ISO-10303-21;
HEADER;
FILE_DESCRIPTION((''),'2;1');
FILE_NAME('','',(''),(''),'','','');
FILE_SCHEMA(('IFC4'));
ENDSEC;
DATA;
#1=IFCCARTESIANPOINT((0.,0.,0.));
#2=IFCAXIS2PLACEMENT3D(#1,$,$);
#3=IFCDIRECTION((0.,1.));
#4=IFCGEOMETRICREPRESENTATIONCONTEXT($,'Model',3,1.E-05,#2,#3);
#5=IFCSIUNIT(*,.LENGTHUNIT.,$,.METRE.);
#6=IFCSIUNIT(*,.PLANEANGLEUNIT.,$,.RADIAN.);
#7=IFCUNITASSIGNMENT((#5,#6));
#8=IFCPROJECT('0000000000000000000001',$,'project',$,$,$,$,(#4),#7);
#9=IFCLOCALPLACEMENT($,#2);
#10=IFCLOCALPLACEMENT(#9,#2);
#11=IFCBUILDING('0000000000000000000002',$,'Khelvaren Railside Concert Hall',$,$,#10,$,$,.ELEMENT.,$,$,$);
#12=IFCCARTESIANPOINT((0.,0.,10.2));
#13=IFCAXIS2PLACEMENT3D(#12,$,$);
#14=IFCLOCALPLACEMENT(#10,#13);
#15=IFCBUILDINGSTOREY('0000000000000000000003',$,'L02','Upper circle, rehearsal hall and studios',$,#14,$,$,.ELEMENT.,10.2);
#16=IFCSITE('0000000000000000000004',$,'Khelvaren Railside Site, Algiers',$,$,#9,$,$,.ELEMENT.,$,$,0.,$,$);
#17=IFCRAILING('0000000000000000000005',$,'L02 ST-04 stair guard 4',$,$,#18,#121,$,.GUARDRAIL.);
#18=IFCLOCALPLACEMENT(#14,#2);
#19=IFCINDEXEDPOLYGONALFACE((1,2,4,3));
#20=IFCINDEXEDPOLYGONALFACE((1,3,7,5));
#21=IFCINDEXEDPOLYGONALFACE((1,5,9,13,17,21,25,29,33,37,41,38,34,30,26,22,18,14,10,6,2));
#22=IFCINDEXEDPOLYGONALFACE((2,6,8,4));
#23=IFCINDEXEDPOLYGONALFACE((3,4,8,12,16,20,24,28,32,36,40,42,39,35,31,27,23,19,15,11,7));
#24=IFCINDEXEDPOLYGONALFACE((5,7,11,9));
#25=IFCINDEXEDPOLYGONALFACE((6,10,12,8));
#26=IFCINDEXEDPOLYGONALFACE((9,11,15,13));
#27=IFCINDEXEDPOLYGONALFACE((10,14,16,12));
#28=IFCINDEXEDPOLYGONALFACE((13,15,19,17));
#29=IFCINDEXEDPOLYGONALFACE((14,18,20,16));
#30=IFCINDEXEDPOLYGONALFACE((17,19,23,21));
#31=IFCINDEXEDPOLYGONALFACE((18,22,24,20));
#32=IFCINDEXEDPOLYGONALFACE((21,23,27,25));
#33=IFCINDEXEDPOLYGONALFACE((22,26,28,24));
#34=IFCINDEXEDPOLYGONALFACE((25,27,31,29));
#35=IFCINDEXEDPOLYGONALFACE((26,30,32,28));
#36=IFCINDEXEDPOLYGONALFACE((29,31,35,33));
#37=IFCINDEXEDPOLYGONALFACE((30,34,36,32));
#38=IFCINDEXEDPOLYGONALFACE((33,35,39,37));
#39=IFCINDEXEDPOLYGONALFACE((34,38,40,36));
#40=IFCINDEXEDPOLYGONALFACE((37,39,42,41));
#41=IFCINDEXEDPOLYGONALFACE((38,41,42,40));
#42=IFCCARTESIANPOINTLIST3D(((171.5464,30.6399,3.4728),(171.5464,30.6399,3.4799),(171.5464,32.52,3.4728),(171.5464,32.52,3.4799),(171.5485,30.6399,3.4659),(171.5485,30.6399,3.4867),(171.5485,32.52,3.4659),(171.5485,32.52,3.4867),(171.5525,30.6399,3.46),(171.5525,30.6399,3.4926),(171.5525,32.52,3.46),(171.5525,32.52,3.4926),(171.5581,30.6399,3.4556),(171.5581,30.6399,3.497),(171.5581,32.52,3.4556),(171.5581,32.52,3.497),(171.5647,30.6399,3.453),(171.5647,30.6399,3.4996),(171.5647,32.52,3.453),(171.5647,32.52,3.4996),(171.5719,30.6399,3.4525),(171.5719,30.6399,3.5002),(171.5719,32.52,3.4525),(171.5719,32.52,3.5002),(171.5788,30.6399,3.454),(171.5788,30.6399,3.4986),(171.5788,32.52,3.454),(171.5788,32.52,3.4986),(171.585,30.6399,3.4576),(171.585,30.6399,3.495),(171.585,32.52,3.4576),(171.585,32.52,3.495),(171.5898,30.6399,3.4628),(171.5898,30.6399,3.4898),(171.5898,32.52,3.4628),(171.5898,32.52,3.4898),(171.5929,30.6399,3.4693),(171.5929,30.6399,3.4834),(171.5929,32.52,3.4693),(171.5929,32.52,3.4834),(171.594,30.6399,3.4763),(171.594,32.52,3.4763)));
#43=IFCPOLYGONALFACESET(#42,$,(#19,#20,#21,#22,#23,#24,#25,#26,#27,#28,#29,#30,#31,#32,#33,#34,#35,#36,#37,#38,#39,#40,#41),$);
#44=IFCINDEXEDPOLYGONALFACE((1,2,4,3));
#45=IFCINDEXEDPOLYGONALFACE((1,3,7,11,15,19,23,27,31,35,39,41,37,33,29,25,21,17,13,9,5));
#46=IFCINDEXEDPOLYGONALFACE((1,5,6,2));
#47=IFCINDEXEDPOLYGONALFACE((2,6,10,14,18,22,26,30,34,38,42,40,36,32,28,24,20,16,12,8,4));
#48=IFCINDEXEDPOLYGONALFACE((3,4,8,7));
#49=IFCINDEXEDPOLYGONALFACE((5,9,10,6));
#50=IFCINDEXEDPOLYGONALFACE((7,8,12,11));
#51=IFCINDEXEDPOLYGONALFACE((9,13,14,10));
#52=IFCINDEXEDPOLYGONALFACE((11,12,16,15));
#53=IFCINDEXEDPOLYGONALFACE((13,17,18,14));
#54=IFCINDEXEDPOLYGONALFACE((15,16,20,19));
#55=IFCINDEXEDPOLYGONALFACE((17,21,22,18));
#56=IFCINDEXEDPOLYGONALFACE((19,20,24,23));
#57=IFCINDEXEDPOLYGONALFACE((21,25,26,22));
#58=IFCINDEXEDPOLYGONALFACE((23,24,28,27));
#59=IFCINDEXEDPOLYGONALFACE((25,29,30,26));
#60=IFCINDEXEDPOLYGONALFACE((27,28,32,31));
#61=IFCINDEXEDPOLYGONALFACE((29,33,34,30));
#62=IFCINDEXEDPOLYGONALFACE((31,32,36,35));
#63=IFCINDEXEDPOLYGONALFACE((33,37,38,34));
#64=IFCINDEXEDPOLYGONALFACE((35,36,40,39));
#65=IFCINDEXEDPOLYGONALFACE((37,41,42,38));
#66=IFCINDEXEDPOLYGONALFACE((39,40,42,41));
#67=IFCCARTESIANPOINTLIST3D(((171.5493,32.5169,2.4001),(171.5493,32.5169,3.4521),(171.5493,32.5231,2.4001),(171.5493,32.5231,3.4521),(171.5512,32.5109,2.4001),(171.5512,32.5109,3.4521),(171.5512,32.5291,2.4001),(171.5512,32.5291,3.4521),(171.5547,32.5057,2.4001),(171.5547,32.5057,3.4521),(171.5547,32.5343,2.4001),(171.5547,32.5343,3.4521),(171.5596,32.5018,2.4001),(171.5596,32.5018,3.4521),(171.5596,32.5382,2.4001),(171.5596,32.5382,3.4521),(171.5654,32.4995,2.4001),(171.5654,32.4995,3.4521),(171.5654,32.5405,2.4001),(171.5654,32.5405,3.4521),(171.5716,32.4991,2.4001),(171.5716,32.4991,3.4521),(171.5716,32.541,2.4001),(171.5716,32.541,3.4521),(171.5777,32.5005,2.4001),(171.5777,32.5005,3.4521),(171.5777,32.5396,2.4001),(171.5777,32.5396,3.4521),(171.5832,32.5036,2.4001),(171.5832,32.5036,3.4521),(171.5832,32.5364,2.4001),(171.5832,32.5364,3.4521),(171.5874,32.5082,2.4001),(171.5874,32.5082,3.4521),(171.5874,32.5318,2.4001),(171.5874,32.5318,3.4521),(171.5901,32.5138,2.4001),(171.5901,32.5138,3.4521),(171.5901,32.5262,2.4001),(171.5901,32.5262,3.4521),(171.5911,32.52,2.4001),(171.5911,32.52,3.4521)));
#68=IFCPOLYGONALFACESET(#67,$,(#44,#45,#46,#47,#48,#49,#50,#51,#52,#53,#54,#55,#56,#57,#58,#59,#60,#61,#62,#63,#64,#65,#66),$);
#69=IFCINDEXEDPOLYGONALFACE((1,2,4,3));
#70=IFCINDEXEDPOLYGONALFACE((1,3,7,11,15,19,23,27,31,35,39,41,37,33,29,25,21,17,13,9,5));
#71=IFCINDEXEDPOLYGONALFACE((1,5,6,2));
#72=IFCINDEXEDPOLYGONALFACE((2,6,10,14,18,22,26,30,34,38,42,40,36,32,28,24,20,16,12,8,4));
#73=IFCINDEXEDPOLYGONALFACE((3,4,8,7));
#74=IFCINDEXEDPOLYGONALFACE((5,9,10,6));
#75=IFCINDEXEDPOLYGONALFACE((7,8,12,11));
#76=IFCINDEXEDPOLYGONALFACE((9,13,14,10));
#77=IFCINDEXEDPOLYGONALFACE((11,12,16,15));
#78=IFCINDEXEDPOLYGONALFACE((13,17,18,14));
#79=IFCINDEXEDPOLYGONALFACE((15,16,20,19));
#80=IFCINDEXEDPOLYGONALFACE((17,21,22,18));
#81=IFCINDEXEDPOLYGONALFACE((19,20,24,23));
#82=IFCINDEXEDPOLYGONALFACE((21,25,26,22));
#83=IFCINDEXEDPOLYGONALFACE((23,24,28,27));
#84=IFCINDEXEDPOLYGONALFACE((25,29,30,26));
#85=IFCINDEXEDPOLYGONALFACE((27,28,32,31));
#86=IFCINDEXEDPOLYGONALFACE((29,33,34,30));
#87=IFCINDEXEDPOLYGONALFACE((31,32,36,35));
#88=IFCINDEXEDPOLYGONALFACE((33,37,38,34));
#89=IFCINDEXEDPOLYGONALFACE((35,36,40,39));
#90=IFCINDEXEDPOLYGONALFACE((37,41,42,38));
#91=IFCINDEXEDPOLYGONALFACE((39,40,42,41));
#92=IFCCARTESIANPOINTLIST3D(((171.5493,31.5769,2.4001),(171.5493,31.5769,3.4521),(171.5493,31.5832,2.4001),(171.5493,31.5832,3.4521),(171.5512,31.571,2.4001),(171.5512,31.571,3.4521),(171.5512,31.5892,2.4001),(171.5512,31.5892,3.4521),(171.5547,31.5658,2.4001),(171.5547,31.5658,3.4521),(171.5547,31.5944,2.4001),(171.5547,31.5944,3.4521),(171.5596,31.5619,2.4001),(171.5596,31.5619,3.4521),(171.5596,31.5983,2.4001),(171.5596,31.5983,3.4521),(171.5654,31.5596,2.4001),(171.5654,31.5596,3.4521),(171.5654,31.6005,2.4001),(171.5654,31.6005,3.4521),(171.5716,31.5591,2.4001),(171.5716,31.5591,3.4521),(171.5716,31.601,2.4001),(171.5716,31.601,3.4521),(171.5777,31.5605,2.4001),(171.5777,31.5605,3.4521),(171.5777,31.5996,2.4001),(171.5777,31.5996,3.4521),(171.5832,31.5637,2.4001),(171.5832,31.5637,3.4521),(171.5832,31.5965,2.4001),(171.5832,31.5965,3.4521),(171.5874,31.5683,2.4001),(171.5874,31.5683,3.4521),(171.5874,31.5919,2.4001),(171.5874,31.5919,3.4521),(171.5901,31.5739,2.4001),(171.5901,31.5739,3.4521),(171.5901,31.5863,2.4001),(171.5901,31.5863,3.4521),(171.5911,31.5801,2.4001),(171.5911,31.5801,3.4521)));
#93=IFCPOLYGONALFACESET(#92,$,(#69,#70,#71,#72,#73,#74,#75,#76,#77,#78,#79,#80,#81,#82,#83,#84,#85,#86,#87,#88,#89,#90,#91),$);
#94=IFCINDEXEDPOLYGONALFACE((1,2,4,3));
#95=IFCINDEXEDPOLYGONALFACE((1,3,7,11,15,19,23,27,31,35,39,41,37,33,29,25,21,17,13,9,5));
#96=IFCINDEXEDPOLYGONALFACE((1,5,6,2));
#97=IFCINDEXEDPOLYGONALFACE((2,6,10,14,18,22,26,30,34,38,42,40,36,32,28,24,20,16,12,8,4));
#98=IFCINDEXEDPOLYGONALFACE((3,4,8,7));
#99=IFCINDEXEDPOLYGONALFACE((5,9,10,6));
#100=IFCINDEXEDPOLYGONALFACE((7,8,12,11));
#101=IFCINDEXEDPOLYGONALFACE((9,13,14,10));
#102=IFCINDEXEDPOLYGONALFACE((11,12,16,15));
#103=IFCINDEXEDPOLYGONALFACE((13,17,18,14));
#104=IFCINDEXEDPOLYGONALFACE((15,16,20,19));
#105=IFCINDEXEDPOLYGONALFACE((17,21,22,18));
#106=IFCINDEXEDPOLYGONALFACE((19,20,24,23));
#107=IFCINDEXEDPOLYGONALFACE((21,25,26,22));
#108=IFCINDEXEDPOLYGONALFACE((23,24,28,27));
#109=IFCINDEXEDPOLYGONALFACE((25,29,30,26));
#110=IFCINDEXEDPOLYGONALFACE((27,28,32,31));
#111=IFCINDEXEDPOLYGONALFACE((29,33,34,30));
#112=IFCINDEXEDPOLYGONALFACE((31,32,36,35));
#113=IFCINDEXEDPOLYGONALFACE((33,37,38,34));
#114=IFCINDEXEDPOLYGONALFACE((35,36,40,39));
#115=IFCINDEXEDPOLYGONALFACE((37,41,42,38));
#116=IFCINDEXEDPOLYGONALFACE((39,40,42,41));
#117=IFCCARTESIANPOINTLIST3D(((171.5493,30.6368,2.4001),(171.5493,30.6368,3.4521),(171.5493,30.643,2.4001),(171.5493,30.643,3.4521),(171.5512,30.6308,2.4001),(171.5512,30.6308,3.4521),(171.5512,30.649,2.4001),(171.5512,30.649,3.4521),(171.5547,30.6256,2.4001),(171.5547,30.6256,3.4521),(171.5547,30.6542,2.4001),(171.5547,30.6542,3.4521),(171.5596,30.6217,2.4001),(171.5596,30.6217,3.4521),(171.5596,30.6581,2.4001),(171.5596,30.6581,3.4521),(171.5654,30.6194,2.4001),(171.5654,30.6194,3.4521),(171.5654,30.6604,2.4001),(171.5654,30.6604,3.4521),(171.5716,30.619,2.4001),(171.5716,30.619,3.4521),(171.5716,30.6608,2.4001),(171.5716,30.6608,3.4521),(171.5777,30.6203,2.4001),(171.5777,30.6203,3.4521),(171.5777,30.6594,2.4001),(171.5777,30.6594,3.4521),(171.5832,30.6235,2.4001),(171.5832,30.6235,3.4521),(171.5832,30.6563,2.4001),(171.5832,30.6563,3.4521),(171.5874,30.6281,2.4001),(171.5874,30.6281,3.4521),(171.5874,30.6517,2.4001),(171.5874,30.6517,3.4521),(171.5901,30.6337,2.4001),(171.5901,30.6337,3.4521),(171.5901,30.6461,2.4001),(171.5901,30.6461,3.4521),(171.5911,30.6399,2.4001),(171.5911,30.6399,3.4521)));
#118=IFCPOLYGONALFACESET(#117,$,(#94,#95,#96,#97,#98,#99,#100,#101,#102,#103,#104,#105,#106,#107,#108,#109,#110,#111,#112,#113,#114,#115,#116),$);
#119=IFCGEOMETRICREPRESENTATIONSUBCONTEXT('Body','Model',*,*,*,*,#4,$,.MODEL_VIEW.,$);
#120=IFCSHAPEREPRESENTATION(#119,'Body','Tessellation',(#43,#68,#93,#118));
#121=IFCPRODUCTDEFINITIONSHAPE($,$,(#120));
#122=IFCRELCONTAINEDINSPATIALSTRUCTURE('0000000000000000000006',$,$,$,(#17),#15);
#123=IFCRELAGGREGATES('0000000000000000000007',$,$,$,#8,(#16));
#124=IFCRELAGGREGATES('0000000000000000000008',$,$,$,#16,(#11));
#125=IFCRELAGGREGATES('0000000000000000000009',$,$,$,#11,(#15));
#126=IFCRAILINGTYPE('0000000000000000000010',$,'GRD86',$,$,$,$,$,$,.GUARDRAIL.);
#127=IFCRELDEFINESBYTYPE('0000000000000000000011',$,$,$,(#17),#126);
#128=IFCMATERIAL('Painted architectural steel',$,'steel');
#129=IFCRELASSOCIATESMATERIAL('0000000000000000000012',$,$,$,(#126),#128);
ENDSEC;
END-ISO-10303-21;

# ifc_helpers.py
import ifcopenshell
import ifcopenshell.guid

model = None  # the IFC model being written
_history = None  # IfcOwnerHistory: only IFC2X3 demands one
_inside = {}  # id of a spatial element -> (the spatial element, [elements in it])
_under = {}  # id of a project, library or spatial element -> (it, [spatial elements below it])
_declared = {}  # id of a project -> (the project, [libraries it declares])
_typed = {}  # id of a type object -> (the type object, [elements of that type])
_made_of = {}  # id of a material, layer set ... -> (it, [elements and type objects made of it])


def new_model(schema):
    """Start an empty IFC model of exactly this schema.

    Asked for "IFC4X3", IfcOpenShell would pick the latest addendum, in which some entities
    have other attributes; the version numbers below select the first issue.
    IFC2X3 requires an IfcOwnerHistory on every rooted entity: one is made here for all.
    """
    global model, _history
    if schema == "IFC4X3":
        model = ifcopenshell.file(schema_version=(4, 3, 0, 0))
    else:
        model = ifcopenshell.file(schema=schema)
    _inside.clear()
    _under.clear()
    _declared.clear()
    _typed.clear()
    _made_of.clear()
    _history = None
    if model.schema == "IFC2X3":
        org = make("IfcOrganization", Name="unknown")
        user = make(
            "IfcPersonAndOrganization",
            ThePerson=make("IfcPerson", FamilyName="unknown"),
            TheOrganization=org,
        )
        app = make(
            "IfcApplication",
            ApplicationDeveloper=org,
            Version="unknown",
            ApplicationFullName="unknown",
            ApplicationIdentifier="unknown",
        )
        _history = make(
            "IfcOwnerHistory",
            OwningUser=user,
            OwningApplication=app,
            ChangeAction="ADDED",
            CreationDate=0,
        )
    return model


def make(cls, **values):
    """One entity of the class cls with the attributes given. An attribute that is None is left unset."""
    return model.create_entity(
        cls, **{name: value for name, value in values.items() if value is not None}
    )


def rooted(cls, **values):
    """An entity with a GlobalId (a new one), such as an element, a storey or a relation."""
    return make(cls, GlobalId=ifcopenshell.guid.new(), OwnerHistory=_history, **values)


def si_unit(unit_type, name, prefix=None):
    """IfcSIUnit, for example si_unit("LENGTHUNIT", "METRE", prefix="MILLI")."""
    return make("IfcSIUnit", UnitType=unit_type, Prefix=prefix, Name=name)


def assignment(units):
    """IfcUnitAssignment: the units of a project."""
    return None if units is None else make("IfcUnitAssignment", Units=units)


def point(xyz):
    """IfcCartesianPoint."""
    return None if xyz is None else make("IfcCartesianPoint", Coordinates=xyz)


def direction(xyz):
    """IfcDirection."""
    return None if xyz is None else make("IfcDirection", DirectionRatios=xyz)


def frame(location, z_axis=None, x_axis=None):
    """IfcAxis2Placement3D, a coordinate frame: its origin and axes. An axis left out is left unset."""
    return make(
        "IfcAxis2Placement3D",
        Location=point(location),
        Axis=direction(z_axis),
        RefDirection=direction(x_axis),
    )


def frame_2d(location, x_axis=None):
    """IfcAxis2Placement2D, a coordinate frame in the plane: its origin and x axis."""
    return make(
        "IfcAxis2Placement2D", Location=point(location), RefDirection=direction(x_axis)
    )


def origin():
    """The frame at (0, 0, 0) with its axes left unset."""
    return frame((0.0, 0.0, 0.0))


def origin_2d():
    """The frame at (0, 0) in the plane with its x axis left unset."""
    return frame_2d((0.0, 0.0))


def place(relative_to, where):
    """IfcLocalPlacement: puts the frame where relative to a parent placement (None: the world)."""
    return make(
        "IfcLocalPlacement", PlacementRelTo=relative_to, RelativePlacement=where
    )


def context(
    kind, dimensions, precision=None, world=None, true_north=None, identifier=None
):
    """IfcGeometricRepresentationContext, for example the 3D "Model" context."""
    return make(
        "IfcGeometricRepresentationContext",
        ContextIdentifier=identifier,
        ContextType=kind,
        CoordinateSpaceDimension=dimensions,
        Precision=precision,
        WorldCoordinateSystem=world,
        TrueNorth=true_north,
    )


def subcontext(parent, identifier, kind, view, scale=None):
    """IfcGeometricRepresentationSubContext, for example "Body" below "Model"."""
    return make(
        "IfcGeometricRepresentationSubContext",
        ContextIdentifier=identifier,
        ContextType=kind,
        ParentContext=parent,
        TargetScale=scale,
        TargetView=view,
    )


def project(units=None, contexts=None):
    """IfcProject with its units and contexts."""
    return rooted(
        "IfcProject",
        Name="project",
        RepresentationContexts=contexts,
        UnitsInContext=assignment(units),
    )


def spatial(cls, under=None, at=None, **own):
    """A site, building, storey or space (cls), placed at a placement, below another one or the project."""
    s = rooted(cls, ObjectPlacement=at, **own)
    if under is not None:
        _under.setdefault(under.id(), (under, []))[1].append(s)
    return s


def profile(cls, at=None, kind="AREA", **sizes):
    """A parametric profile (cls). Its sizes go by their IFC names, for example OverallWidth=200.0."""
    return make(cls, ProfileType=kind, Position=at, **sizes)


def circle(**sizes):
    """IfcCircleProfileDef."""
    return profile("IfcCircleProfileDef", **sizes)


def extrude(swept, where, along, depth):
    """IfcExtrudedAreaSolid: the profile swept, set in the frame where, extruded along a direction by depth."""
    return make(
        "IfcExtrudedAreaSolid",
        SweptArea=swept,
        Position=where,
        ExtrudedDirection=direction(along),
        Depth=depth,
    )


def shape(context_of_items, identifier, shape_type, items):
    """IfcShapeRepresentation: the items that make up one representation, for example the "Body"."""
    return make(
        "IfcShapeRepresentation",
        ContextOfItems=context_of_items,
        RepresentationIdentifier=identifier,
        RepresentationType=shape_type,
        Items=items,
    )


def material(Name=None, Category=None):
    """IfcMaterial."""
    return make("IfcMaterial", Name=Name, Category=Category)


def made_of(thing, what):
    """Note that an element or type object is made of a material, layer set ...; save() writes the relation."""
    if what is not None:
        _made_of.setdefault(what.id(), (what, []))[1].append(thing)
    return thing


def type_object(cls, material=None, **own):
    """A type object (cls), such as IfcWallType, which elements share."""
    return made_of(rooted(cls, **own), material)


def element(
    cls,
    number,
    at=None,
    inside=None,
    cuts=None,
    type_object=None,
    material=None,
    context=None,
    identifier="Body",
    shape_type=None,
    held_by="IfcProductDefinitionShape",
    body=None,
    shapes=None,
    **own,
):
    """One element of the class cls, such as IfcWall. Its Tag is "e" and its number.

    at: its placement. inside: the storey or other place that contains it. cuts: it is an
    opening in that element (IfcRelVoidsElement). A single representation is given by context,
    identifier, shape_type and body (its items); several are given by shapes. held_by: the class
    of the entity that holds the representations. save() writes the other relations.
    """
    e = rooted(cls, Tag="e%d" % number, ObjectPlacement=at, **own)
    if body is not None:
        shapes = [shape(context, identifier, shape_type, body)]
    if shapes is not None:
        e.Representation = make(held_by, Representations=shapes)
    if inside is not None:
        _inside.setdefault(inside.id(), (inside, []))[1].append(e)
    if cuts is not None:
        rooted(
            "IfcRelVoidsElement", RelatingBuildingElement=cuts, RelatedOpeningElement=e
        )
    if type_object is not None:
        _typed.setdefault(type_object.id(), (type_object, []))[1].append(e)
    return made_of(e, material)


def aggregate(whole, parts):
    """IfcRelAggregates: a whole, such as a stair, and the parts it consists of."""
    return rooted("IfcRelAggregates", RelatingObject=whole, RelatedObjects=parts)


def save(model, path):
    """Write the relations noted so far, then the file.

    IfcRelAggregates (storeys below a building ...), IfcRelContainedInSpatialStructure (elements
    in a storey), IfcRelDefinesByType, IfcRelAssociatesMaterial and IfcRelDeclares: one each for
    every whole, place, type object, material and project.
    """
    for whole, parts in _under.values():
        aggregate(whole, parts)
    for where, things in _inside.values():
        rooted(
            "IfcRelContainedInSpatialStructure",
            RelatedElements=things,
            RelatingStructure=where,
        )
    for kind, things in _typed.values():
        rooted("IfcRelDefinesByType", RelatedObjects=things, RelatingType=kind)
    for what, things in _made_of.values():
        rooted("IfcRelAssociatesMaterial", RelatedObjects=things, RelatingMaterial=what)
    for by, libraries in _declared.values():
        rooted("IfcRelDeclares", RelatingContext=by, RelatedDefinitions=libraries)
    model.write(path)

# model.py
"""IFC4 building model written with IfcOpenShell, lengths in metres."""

from ifc_helpers import new_model, si_unit, direction, frame, origin, origin_2d, place, context, subcontext, project, spatial, circle, extrude, material, type_object, element, save


model = new_model("IFC4")

# Units and contexts
model_context = context("Model", 3, precision=1e-05, world=origin(), true_north=direction((0.0, 1.0)))
body_context = subcontext(model_context, "Body", "Model", "MODEL_VIEW")
ifc_project = project(units=[si_unit("LENGTHUNIT", "METRE"), si_unit("PLANEANGLEUNIT", "RADIAN")], contexts=[model_context])

# Site, building, storey
site_placement = place(None, origin())
site = spatial("IfcSite", under=ifc_project, at=site_placement, Name="Khelvaren Railside Site, Algiers", CompositionType="ELEMENT", RefElevation=0.0)
building_placement = place(site_placement, origin())
building = spatial("IfcBuilding", under=site, at=building_placement, Name="Khelvaren Railside Concert Hall", CompositionType="ELEMENT")
storey_placement = place(building_placement, frame((0.0, 0.0, 10.2)))
storey = spatial("IfcBuildingStorey", under=building, at=storey_placement, Name="L02", Description="Upper circle, rehearsal hall and studios", CompositionType="ELEMENT", Elevation=10.2)

# Railing
ifc_material_1 = material(Name="Painted architectural steel", Category="steel")
railing_type_1 = type_object("IfcRailingType", Name="GRD86", PredefinedType="GUARDRAIL", material=ifc_material_1)
for number, where, name in (
    (1, (171.5701, 32.52, 2.4001), "L02 ST-04 stair guard 4"),
):
    element("IfcRailing", number, at=place(storey_placement, frame(where)), inside=storey, type_object=railing_type_1, Name=name, PredefinedType="GUARDRAIL", context=body_context, shape_type="SweptSolid", body=[
        extrude(circle(Radius=0.0239, at=origin_2d()), frame((0.0, 0.0, 1.0762), z_axis=(0.0, -1.0, 0.0), x_axis=(1.0, 0.0, 0.0)), (0.0, 0.0, 1.0), 1.8801),
        extrude(circle(Radius=0.021, at=origin_2d()), origin(), (0.0, 0.0, 1.0), 1.052),
        extrude(circle(Radius=0.021, at=origin_2d()), frame((0.0, -0.9399, 0.0)), (0.0, 0.0, 1.0), 1.052),
        extrude(circle(Radius=0.021, at=origin_2d()), frame((0.0, -1.8801, 0.0)), (0.0, 0.0, 1.0), 1.052),
    ])

save(model, "model.ifc")
